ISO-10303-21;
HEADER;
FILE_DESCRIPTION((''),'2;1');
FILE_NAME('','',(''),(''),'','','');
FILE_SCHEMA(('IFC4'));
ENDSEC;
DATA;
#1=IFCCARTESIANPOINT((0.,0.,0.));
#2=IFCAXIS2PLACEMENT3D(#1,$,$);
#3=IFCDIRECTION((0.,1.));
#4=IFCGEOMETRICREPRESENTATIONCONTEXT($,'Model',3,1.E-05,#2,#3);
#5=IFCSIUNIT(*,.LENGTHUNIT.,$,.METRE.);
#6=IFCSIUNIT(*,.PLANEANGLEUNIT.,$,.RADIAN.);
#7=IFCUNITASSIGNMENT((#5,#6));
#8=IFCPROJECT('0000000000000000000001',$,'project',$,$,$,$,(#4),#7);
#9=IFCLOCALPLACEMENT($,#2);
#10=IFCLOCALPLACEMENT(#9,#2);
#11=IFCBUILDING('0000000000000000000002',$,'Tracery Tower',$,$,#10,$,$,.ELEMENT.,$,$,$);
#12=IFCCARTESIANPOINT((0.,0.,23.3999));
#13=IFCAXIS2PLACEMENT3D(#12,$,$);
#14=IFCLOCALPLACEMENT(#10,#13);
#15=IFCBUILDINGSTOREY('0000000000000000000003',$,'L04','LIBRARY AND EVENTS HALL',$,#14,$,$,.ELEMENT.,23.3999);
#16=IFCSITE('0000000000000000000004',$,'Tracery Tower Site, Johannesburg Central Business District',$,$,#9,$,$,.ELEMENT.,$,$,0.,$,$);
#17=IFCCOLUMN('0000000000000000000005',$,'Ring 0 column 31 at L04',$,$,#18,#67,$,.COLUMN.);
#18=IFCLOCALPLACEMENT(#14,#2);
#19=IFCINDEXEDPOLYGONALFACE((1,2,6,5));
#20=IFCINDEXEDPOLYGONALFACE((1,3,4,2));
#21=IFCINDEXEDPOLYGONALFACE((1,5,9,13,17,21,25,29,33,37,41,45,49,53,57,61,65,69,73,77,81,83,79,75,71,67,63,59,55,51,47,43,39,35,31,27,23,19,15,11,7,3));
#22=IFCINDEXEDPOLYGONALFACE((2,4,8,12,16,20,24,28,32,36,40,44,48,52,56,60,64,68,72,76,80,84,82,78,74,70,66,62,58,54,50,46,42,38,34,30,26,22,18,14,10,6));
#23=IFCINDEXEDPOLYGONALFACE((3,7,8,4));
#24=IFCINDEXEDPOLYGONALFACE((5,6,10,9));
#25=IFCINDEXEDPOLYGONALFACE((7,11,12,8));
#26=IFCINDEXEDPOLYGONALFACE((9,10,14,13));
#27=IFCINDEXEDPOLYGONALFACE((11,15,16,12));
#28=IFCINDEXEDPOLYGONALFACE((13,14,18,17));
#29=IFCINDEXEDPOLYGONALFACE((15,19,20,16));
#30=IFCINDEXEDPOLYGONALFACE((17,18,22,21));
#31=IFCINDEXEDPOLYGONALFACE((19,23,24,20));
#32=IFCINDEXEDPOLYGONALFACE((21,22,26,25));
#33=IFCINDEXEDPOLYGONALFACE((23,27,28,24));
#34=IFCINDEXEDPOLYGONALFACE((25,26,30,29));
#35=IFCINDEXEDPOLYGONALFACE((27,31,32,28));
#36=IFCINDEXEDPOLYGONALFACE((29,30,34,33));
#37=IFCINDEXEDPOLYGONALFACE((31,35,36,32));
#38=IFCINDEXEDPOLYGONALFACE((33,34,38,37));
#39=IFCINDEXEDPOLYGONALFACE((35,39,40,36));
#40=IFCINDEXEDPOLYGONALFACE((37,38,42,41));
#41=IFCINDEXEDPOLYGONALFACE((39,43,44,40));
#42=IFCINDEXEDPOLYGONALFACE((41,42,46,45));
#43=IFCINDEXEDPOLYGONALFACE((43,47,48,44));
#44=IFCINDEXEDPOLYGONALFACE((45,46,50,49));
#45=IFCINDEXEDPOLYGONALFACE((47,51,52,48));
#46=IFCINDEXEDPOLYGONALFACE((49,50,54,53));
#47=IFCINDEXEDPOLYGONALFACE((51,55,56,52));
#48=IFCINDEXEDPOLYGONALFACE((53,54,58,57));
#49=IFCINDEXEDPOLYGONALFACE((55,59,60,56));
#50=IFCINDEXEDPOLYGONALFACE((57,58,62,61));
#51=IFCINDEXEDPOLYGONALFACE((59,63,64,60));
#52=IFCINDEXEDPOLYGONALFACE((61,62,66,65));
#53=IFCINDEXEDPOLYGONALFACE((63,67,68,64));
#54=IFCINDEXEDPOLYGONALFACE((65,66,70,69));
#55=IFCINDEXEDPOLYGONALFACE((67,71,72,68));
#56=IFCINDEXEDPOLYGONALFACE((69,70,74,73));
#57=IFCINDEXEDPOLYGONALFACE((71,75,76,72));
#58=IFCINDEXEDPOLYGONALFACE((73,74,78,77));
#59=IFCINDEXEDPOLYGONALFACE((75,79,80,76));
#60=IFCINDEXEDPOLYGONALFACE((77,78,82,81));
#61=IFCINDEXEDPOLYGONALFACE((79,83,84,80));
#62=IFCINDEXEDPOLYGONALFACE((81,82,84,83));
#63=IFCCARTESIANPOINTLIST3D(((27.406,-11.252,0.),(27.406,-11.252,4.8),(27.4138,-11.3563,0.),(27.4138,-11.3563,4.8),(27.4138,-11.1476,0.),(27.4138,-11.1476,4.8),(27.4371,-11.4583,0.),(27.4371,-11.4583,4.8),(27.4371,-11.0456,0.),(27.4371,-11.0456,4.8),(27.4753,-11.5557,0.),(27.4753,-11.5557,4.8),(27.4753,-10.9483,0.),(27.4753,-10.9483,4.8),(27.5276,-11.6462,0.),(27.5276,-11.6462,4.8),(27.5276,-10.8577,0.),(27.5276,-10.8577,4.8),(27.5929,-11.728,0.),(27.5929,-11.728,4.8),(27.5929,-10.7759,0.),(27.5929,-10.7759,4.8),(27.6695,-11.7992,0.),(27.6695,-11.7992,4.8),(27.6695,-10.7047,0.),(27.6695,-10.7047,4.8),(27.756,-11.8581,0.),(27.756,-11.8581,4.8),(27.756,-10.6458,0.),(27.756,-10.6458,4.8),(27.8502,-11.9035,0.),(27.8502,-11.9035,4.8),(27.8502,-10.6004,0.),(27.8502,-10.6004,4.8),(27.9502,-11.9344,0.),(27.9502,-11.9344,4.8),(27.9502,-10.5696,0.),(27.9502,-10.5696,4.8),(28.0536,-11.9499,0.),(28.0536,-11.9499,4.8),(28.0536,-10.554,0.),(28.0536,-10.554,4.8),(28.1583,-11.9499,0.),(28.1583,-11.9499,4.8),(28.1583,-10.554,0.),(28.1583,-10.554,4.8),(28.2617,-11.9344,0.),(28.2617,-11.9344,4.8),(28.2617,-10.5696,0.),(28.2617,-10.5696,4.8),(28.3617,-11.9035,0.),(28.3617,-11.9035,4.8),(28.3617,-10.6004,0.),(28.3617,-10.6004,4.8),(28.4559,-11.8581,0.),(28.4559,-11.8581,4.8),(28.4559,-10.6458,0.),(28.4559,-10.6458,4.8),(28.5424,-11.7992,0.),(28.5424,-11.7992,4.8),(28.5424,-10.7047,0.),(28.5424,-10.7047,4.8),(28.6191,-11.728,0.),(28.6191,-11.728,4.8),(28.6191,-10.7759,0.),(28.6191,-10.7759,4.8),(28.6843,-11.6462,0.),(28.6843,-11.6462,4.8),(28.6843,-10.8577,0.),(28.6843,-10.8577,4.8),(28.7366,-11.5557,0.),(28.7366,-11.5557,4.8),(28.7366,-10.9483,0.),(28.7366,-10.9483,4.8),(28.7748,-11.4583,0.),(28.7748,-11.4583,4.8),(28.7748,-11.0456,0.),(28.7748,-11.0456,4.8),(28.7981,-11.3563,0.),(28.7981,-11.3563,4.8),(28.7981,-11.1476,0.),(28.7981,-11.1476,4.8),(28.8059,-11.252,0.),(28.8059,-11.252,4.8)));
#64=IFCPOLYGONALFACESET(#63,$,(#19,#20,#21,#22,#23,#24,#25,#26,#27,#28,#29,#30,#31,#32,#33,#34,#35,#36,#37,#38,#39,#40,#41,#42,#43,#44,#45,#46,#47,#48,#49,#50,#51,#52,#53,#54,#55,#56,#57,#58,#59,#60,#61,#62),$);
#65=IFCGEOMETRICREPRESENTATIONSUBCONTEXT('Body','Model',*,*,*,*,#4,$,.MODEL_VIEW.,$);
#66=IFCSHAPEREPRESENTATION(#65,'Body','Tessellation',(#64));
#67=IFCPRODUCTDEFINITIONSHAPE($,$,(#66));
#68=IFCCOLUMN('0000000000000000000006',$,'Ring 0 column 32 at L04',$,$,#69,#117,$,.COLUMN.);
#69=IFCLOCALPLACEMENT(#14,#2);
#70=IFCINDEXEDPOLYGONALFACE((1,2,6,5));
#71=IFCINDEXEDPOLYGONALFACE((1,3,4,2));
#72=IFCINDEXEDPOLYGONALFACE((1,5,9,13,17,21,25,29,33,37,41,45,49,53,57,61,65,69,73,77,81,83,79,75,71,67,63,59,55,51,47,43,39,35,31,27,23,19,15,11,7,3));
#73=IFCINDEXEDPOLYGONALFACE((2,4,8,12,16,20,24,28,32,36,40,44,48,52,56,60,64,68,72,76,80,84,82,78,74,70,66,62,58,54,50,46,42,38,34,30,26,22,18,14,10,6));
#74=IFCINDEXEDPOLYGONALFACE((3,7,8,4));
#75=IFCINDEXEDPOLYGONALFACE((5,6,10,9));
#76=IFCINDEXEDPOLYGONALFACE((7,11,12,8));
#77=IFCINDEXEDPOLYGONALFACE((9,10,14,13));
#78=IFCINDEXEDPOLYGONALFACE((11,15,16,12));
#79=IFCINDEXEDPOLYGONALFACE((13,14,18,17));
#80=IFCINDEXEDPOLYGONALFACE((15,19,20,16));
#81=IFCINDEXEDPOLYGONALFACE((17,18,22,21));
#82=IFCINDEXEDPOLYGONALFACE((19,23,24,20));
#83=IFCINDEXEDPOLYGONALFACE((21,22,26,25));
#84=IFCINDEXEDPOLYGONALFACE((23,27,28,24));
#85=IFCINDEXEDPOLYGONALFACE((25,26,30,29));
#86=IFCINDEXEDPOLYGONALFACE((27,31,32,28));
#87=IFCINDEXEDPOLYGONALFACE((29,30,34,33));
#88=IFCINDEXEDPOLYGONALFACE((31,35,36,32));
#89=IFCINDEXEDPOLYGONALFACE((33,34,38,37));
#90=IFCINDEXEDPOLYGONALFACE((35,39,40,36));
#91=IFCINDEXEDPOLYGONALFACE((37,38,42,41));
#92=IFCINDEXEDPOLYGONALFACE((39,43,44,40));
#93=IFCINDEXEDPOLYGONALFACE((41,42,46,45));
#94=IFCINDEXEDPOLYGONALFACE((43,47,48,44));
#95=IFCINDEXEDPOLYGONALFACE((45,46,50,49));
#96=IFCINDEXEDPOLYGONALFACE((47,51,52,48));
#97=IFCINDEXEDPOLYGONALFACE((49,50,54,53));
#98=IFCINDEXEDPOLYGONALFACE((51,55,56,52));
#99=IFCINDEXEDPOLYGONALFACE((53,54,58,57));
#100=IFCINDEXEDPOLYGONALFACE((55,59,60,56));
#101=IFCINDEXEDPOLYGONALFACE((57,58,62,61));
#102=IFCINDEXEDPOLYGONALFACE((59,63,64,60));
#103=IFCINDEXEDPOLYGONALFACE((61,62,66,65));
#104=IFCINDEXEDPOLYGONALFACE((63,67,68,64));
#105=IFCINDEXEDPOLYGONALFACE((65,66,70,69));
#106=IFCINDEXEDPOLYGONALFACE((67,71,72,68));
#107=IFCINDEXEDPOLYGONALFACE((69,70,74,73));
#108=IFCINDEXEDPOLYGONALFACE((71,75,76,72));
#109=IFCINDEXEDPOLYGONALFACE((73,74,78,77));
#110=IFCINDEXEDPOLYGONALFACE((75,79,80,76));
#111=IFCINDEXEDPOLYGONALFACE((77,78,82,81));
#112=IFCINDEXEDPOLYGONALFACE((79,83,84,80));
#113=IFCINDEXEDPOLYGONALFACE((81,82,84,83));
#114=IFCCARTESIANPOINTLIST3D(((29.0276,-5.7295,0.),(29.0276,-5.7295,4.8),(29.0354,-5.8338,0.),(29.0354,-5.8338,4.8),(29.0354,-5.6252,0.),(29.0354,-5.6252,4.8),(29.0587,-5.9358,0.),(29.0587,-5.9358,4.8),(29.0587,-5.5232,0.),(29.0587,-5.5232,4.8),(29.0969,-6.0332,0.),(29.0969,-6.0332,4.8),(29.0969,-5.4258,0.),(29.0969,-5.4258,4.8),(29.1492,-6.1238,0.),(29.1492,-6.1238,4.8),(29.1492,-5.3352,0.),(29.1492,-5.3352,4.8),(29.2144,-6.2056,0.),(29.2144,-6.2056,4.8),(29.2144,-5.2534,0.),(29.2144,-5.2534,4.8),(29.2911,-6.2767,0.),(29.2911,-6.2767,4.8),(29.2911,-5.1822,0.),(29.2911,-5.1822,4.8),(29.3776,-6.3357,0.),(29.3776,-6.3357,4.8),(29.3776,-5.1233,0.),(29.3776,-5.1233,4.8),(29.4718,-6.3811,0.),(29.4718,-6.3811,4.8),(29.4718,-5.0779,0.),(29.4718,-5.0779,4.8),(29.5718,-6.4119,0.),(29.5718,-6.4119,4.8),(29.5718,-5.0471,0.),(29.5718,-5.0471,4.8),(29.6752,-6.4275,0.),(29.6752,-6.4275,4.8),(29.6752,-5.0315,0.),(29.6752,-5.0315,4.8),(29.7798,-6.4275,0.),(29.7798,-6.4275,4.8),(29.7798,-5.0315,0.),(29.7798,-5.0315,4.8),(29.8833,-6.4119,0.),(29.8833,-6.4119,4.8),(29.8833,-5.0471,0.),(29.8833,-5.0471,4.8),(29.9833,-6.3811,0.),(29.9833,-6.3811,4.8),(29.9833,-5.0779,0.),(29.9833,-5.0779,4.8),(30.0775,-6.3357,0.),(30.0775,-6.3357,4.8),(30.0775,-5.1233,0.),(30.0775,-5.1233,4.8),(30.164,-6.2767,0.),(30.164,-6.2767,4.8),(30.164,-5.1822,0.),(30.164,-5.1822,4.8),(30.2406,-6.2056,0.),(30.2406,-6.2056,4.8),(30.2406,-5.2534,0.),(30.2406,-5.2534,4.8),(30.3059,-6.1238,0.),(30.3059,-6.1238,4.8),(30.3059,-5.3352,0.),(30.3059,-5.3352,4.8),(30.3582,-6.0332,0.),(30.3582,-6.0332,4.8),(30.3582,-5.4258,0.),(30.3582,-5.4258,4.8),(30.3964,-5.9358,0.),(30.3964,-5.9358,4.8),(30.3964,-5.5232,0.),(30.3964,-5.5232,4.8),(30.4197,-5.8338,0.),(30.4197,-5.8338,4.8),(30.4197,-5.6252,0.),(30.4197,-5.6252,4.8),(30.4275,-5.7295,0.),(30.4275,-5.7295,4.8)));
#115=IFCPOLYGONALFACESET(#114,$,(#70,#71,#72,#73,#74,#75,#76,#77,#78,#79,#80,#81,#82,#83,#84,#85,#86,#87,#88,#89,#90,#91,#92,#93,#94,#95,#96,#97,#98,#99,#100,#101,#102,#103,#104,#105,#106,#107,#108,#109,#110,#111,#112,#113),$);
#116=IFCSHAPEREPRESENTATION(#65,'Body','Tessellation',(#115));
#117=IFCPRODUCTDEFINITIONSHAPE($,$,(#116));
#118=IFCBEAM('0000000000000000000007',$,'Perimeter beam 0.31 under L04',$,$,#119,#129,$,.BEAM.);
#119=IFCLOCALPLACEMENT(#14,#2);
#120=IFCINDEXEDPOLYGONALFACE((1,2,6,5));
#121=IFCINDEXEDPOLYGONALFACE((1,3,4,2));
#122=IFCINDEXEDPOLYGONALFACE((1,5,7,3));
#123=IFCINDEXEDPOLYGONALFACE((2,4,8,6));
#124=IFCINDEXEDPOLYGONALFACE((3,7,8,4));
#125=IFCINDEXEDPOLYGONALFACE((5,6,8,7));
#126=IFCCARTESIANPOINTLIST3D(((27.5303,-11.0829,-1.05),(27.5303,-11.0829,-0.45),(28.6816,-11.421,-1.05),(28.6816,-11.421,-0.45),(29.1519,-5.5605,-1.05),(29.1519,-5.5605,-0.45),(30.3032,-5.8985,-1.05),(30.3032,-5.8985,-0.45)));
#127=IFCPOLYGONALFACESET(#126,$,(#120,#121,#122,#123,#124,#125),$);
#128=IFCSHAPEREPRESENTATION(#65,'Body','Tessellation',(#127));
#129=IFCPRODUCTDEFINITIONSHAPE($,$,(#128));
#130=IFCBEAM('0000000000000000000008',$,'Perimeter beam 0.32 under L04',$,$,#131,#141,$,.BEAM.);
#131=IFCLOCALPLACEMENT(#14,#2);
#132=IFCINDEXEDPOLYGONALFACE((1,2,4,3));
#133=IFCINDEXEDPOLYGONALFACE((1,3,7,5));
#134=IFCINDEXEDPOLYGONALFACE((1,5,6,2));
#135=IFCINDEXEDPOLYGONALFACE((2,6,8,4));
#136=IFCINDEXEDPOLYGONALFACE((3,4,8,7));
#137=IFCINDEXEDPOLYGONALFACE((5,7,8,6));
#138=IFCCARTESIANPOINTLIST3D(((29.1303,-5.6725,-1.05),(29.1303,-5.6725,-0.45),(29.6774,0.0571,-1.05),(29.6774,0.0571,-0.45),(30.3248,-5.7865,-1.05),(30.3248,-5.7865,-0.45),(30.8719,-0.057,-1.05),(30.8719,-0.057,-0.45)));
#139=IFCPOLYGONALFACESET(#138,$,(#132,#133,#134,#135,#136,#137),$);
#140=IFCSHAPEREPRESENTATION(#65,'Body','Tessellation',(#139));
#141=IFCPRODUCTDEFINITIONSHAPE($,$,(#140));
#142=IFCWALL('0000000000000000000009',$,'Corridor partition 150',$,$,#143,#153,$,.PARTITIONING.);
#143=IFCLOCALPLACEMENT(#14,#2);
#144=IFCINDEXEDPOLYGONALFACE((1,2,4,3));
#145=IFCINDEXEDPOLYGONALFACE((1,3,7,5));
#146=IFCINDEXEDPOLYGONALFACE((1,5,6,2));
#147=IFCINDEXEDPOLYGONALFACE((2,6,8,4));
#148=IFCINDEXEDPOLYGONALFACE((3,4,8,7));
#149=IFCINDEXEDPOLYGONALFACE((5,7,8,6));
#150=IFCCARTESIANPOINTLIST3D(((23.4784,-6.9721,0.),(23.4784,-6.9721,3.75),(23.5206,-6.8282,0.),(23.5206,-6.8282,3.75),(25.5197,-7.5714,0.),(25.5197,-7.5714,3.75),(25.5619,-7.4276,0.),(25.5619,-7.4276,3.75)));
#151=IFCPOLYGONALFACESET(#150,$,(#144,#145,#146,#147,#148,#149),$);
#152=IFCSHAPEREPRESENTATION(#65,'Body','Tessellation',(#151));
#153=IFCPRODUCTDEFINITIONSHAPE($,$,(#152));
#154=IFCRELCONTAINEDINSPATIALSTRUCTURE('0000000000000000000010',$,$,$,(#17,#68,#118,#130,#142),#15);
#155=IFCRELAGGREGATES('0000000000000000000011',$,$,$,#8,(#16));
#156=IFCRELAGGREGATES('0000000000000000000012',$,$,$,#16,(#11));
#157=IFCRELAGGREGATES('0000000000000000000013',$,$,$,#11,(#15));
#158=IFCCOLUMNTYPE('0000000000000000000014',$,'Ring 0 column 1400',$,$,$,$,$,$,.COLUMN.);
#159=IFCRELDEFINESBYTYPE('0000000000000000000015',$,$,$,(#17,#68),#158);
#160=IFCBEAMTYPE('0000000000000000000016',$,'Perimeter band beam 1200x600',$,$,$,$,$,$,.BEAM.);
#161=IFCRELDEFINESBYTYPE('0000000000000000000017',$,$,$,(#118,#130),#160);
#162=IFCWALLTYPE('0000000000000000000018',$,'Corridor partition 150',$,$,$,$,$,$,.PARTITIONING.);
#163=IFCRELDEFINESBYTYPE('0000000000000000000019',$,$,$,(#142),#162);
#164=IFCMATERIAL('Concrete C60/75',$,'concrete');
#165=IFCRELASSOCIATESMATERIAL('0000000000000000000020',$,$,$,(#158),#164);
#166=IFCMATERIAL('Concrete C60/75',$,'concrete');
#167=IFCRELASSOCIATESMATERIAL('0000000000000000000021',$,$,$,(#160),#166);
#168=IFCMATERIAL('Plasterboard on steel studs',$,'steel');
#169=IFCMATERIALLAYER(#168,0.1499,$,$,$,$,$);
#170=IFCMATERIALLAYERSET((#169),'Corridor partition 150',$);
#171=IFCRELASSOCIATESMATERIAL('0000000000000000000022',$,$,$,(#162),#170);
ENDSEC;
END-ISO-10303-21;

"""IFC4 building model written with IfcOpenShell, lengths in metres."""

from ifc_helpers import new_model, si_unit, direction, frame, frame_2d, origin, origin_2d, place, context, subcontext, project, spatial, rectangle, circle, extrude, material, layer, layer_set, material_profile, profile_set, type_object, element, save


model = new_model("IFC4")

# Units and contexts
model_context = context("Model", 3, precision=1e-05, world=origin(), true_north=direction((0.0, 1.0)))
body_context = subcontext(model_context, "Body", "Model", "MODEL_VIEW")
ifc_project = project(units=[si_unit("LENGTHUNIT", "METRE"), si_unit("PLANEANGLEUNIT", "RADIAN")], contexts=[model_context])

# Site, building, storey
site_placement = place(None, origin())
site = spatial("IfcSite", under=ifc_project, at=site_placement, Name="Tracery Tower Site, Johannesburg Central Business District", CompositionType="ELEMENT", RefElevation=0.0)
building_placement = place(site_placement, origin())
building = spatial("IfcBuilding", under=site, at=building_placement, Name="Tracery Tower", CompositionType="ELEMENT")
storey_placement = place(building_placement, frame((0.0, 0.0, 23.3999)))
storey = spatial("IfcBuildingStorey", under=building, at=storey_placement, Name="L04", Description="LIBRARY AND EVENTS HALL", CompositionType="ELEMENT", Elevation=23.3999)

# Columns
ifc_material_1 = material(Name="Concrete C60/75", Category="concrete")
ifc_material_profile_1 = material_profile(ifc_material_1, circle(Radius=0.7, at=origin_2d()), Name="RC D1400")
ifc_profile_set_1 = profile_set([ifc_material_profile_1], Name="Concrete C60/75")
column_type = type_object("IfcColumnType", Name="Ring 0 column 1400", PredefinedType="COLUMN", material=ifc_profile_set_1)
for number, where, z_axis, x_axis, name in (
    (1, (28.106, -11.252, 0.0), (0.0, 0.0, 1.0), (1.0, 0.0, 0.0), "Ring 0 column 31 at L04"),
    (2, (29.7275, -5.7295, 0.0), (0.0, 0.0, 1.0), (1.0, 0.0, 0.0), "Ring 0 column 32 at L04"),
):
    element("IfcColumn", number, at=place(storey_placement, frame(where, z_axis=z_axis, x_axis=x_axis)), inside=storey, type_object=column_type, Name=name, PredefinedType="COLUMN", context=body_context, shape_type="SweptSolid", body=[
        extrude(circle(Radius=0.7, at=origin_2d()), origin(), (0.0, 0.0, 1.0), 4.8),
    ])

# Beams
ifc_material_2 = material(Name="Concrete C60/75", Category="concrete")
ifc_material_profile_2 = material_profile(ifc_material_2, rectangle(XDim=1.2, YDim=0.6001, at=origin_2d()), Name="RC 1200x600")
ifc_profile_set_2 = profile_set([ifc_material_profile_2], Name="Concrete C60/75")
beam_type = type_object("IfcBeamType", Name="Perimeter band beam 1200x600", PredefinedType="BEAM", material=ifc_profile_set_2)
for number, where, z_axis, x_axis, name in (
    (3, (28.106, -11.252, -0.75), (0.281739, 0.959491, 0.0), (-0.959491, 0.281739, 0.0), "Perimeter beam 0.31 under L04"),
    (4, (29.7275, -5.7295, -0.75), (0.095059, 0.995472, 0.0), (-0.995472, 0.095059, 0.0), "Perimeter beam 0.32 under L04"),
):
    element("IfcBeam", number, at=place(storey_placement, frame(where, z_axis=z_axis, x_axis=x_axis)), inside=storey, type_object=beam_type, Name=name, PredefinedType="BEAM", context=body_context, shape_type="SweptSolid", body=[
        extrude(rectangle(XDim=1.2, YDim=0.6001, at=origin_2d()), origin(), (0.0, 0.0, 1.0), 5.7556),
    ])

# Wall
ifc_material_3 = material(Name="Plasterboard on steel studs", Category="steel")
ifc_layer_1 = layer(ifc_material_3, 0.1499)
ifc_layer_set_1 = layer_set([ifc_layer_1], Name="Corridor partition 150")
wall_type_1 = type_object("IfcWallType", Name="Corridor partition 150", PredefinedType="PARTITIONING", material=ifc_layer_set_1)
wall_1_placement = place(storey_placement, frame((25.5408, -7.4995, 0.0), z_axis=(0.0, 0.0, 1.0), x_axis=(-0.959493, 0.281731, 0.0)))
element("IfcWall", 5, at=wall_1_placement, inside=storey, type_object=wall_type_1, Name="Corridor partition 150", PredefinedType="PARTITIONING", context=body_context, shape_type="SweptSolid", body=[
    extrude(rectangle(XDim=2.1274, YDim=0.1499, at=frame_2d((1.0637, 0.0))), origin(), (0.0, 0.0, 1.0), 3.75),
])

save(model, "model.ifc")
